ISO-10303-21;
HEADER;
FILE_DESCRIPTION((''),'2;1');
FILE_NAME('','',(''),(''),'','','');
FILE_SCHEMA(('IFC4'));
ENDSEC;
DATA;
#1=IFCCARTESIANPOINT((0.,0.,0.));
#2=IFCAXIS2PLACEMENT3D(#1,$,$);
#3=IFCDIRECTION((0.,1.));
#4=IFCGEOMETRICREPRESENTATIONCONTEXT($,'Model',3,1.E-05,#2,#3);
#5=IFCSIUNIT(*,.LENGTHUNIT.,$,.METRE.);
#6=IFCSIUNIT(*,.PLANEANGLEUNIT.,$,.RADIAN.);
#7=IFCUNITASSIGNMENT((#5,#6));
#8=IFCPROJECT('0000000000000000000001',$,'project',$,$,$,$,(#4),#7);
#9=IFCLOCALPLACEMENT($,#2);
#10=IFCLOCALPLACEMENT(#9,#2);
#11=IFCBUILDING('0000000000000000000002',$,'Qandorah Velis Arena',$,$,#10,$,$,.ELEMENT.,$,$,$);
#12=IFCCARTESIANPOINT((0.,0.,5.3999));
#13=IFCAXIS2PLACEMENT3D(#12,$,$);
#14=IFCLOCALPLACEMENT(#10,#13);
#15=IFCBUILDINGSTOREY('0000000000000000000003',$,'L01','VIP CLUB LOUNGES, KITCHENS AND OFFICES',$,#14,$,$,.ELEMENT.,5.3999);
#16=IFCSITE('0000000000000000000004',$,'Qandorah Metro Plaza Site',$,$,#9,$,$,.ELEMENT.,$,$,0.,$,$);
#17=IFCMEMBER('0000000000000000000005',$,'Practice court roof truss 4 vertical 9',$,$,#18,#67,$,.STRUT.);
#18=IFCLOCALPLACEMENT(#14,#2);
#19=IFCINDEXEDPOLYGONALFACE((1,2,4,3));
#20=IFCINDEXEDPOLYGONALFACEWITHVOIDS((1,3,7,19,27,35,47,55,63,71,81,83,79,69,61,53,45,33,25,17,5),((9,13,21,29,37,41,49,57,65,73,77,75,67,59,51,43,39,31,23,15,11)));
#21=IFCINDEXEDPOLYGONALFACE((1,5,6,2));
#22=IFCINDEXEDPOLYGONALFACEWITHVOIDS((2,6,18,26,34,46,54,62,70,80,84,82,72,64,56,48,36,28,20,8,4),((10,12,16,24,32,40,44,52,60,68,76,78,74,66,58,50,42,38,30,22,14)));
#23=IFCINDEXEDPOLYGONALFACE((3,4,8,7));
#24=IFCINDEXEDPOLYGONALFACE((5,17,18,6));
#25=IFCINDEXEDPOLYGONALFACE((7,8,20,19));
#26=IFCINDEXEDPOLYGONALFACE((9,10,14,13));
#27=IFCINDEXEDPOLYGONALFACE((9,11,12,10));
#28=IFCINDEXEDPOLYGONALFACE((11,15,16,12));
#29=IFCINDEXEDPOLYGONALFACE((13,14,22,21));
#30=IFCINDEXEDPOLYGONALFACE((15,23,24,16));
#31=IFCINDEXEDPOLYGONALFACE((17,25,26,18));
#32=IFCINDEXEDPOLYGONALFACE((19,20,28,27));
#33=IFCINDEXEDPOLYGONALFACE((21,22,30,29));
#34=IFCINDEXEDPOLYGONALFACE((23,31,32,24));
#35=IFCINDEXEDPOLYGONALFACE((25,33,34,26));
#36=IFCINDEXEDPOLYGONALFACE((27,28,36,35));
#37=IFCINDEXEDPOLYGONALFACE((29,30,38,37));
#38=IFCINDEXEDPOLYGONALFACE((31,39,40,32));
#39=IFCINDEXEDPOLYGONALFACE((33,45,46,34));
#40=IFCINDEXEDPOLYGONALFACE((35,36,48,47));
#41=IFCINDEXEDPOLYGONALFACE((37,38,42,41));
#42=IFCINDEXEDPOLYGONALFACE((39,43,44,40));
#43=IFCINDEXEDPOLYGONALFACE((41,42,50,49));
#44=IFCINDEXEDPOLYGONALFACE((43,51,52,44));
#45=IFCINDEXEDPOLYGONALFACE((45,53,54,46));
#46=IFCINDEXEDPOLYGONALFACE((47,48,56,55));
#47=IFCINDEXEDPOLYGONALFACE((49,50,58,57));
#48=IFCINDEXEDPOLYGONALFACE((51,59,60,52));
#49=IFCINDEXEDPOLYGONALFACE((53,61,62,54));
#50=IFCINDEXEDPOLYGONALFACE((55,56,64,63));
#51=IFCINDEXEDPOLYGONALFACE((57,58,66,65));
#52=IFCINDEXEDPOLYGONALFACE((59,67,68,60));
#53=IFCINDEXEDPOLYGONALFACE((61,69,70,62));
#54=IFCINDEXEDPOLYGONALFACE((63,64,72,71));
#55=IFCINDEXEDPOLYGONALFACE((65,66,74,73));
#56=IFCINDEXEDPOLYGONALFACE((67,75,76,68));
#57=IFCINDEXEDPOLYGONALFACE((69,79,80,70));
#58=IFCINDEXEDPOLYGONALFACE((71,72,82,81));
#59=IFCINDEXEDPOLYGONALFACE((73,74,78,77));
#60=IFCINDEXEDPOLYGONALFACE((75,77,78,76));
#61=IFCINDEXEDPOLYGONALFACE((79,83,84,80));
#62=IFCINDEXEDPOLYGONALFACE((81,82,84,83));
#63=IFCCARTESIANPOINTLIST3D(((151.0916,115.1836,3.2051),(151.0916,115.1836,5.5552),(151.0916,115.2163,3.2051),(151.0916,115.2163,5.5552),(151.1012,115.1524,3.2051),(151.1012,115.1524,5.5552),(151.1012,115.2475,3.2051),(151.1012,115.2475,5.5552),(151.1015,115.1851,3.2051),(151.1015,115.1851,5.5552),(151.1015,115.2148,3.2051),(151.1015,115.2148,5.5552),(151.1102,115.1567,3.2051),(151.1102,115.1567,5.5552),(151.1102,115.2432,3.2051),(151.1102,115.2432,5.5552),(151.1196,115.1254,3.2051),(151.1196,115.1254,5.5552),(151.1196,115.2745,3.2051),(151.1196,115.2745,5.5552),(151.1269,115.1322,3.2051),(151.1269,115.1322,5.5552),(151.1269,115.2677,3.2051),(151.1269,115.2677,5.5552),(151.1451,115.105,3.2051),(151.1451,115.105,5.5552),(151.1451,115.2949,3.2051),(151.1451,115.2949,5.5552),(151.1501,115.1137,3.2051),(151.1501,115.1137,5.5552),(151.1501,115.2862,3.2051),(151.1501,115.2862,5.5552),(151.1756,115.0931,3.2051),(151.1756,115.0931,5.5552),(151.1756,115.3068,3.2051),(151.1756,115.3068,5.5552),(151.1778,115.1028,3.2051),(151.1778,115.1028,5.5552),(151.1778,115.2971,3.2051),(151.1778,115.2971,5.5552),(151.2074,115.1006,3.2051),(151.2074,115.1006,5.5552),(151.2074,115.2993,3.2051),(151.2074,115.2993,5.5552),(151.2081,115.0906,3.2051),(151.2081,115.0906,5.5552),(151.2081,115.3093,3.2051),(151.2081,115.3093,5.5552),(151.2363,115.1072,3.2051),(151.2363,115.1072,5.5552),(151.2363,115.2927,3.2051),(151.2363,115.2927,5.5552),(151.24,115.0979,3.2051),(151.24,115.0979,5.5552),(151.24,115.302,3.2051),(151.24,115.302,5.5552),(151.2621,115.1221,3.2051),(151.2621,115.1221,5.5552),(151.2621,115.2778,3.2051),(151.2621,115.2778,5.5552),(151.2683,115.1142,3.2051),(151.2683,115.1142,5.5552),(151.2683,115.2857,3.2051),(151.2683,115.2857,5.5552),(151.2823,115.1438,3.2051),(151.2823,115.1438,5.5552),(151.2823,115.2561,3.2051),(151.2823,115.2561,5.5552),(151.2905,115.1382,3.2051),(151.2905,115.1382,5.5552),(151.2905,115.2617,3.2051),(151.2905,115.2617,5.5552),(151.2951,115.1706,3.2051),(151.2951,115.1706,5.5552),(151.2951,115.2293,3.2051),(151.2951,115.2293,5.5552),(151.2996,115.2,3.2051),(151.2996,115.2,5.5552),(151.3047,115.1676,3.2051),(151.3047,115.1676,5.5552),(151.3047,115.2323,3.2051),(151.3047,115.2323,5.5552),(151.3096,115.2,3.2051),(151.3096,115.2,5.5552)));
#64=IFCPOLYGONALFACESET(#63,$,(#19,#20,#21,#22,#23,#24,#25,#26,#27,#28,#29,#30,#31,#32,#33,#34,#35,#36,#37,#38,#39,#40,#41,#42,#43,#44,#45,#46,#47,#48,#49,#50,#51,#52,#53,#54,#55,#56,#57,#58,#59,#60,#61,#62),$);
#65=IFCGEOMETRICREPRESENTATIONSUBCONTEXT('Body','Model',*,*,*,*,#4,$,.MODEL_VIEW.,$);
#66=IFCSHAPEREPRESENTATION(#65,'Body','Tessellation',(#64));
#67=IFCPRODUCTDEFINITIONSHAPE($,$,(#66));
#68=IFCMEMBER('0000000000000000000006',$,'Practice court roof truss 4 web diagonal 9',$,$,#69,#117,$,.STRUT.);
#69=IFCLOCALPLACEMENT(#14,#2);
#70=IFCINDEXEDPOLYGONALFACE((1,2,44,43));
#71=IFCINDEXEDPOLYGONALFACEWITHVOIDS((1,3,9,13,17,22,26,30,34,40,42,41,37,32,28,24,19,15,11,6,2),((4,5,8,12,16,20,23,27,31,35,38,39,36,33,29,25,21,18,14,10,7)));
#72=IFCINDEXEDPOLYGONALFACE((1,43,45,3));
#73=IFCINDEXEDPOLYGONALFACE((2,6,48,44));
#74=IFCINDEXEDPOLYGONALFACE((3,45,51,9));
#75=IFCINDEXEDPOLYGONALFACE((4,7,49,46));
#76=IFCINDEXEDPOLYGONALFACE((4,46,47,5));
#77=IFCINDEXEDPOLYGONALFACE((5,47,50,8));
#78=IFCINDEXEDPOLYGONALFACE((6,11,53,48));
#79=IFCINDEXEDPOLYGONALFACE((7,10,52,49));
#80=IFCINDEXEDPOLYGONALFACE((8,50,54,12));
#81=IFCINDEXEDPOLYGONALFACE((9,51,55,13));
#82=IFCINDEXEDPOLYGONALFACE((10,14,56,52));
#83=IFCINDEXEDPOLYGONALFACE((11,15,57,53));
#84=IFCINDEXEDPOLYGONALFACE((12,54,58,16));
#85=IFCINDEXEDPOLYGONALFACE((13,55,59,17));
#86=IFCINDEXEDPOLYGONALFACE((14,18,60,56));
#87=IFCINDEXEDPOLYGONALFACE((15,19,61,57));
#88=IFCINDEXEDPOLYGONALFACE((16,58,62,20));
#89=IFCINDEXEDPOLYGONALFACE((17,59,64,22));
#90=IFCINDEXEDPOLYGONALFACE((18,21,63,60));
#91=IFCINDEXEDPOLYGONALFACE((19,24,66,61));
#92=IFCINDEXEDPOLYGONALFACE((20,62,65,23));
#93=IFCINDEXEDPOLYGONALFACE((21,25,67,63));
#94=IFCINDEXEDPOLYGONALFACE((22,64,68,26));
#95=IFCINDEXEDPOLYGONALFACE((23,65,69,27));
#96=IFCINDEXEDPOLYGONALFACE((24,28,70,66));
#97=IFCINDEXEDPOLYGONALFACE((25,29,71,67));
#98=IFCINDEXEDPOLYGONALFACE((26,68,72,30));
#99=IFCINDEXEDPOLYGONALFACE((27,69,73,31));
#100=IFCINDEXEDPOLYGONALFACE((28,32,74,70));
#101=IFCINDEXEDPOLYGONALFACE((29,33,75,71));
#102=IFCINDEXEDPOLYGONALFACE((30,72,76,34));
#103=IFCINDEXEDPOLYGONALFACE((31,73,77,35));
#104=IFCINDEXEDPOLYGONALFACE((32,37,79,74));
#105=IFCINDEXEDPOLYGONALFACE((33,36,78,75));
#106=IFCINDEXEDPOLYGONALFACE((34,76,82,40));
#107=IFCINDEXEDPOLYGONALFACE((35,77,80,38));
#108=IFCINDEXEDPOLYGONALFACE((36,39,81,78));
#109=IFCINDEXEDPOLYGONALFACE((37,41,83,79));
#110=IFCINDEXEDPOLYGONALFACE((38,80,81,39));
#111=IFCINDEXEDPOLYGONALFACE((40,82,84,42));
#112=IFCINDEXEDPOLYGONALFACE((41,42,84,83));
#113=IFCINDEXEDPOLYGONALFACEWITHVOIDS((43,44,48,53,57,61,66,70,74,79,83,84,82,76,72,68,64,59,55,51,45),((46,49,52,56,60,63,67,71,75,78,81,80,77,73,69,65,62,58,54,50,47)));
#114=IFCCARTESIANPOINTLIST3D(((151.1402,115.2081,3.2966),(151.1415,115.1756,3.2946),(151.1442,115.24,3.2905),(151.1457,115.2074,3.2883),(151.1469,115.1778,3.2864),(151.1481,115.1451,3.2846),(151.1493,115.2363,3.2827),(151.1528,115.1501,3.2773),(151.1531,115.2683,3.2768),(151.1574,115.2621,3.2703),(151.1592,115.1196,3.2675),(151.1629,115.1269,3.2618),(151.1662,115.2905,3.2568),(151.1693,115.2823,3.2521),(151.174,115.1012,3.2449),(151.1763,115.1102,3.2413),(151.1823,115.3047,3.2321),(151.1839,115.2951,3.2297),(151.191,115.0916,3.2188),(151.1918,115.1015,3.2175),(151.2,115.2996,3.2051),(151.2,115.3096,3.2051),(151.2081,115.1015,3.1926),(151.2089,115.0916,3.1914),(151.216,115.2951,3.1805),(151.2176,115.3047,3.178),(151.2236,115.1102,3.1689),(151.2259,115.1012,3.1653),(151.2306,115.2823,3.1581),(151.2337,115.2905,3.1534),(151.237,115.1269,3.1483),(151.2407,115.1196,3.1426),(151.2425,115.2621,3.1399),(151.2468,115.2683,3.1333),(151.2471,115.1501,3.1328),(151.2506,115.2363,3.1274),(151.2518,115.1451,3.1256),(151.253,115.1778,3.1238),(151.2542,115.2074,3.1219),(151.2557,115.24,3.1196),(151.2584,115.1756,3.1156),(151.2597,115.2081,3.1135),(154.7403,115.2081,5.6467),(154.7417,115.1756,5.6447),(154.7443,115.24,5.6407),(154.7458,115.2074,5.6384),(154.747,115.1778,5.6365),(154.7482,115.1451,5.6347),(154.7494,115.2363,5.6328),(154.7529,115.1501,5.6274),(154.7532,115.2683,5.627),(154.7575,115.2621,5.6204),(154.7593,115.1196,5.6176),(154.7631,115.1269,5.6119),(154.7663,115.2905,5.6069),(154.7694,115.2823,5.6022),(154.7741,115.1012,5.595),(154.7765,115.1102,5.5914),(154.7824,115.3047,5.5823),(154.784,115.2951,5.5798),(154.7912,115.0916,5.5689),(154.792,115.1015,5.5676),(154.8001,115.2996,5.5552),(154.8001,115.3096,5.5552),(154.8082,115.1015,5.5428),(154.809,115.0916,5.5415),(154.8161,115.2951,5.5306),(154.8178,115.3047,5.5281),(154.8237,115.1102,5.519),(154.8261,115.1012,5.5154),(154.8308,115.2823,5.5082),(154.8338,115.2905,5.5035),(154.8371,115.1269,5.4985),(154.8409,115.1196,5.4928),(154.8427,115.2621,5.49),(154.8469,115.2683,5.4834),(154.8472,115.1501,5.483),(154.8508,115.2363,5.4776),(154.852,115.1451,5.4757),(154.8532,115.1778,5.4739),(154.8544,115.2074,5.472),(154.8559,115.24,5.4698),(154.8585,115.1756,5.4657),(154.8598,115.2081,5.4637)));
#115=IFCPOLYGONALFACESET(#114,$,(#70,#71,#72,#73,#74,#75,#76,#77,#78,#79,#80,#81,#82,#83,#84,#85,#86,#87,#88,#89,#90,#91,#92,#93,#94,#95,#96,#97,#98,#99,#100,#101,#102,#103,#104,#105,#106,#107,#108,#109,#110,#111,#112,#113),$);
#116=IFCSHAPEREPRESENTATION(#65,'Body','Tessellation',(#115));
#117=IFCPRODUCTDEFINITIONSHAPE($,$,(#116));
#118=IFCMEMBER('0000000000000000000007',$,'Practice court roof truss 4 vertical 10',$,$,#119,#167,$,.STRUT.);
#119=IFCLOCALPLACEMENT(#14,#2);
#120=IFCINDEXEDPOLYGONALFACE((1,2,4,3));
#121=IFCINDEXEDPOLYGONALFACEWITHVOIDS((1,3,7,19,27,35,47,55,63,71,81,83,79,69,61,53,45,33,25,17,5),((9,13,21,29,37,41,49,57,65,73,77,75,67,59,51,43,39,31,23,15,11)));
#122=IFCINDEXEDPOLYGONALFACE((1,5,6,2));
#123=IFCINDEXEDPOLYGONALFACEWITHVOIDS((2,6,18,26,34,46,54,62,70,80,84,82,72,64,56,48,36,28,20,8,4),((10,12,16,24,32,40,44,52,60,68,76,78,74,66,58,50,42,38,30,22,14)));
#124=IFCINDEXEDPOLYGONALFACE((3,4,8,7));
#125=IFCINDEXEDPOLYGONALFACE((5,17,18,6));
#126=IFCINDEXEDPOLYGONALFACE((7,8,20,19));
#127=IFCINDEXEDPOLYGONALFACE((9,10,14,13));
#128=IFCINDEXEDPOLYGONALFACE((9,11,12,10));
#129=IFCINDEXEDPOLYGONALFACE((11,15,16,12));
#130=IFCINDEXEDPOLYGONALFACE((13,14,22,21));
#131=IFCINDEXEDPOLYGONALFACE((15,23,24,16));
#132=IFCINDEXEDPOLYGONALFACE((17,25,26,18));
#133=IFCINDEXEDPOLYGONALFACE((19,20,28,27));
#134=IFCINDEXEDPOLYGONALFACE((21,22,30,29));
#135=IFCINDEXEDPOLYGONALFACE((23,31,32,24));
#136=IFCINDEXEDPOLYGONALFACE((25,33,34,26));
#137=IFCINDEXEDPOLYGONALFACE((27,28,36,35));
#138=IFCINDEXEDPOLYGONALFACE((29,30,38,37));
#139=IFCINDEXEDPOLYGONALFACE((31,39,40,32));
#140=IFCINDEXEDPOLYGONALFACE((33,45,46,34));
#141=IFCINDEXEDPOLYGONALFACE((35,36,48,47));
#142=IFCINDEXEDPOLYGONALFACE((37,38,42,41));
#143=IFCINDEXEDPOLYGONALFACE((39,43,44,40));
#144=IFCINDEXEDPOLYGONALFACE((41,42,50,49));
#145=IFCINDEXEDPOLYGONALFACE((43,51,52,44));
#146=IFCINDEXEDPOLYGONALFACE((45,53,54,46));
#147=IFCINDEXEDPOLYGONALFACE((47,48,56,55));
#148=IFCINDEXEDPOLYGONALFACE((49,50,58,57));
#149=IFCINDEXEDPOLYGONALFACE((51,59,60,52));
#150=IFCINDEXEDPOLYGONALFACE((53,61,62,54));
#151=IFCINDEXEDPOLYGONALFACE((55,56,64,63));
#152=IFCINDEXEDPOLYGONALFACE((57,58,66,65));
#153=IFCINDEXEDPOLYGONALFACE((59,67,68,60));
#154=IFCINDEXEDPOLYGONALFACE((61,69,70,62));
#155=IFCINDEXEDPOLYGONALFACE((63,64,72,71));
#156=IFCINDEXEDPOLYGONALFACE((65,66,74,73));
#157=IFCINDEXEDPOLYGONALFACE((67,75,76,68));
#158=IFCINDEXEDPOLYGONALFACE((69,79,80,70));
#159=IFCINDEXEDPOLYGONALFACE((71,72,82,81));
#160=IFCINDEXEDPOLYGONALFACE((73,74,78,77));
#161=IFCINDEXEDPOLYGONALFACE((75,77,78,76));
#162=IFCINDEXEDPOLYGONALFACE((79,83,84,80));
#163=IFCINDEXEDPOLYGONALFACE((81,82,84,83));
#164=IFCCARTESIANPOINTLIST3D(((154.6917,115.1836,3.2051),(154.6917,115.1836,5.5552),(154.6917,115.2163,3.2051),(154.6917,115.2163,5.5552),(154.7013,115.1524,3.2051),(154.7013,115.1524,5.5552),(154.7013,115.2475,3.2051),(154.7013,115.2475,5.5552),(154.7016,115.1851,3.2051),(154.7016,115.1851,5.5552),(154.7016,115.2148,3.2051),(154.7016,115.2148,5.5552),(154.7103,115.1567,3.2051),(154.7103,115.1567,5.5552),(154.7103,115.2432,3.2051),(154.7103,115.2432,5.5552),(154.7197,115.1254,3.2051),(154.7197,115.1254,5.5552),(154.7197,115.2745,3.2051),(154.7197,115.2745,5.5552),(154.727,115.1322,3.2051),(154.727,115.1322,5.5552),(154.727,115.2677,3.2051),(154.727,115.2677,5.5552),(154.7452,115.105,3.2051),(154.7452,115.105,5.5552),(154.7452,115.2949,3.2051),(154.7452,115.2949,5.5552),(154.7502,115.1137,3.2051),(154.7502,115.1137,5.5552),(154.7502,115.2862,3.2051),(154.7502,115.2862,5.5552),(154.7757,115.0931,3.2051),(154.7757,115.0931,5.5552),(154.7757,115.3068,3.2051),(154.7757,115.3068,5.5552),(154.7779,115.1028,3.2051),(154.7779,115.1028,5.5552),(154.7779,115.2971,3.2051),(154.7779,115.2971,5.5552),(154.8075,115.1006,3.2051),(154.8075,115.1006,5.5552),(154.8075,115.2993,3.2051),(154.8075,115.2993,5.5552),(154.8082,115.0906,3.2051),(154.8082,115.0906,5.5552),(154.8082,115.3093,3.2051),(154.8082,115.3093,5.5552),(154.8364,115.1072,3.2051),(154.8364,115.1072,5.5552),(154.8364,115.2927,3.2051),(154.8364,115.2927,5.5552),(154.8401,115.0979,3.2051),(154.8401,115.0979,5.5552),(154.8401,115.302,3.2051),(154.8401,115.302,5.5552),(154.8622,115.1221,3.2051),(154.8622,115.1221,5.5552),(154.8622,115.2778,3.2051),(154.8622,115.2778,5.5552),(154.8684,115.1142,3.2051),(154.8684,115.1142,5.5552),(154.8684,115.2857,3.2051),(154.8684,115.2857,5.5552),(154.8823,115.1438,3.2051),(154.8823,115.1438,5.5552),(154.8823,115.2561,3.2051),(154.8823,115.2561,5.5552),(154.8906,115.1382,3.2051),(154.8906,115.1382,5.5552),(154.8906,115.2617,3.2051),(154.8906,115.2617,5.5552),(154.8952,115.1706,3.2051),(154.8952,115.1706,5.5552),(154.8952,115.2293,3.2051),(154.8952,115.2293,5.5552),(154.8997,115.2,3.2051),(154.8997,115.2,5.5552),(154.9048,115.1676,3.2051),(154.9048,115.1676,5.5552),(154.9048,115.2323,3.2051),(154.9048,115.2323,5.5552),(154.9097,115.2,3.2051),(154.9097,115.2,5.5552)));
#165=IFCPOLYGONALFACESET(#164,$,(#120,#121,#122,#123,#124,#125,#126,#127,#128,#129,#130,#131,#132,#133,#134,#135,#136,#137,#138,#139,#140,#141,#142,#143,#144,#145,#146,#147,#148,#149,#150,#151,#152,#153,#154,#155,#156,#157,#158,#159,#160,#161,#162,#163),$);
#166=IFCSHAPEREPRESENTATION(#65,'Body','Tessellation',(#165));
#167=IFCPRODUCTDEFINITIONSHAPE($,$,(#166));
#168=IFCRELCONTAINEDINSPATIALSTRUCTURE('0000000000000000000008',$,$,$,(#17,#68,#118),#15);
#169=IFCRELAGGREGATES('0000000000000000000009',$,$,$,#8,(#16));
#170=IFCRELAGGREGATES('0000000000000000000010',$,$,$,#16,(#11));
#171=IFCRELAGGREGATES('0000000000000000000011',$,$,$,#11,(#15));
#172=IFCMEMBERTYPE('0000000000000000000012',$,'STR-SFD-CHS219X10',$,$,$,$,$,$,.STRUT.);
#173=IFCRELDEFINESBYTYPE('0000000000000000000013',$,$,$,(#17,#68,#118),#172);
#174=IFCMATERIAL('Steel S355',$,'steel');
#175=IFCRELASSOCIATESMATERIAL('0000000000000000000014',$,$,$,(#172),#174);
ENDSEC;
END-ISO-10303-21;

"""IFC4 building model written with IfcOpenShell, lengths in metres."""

from ifc_helpers import new_model, si_unit, direction, frame, origin, origin_2d, place, context, subcontext, project, spatial, hollow_circle, extrude, material, material_profile, profile_set, type_object, element, save


model = new_model("IFC4")

# Units and contexts
model_context = context("Model", 3, precision=1e-05, world=origin(), true_north=direction((0.0, 1.0)))
body_context = subcontext(model_context, "Body", "Model", "MODEL_VIEW")
ifc_project = project(units=[si_unit("LENGTHUNIT", "METRE"), si_unit("PLANEANGLEUNIT", "RADIAN")], contexts=[model_context])

# Site, building, storey
site_placement = place(None, origin())
site = spatial("IfcSite", under=ifc_project, at=site_placement, Name="Qandorah Metro Plaza Site", CompositionType="ELEMENT", RefElevation=0.0)
building_placement = place(site_placement, origin())
building = spatial("IfcBuilding", under=site, at=building_placement, Name="Qandorah Velis Arena", CompositionType="ELEMENT")
storey_placement = place(building_placement, frame((0.0, 0.0, 5.3999)))
storey = spatial("IfcBuildingStorey", under=building, at=storey_placement, Name="L01", Description="VIP CLUB LOUNGES, KITCHENS AND OFFICES", CompositionType="ELEMENT", Elevation=5.3999)

# Members
ifc_material_1 = material(Name="Steel S355", Category="steel")
ifc_material_profile_1 = material_profile(ifc_material_1, hollow_circle(Radius=0.1096, WallThickness=0.01, at=origin_2d()), Name="CHS 219.1x10")
ifc_profile_set_1 = profile_set([ifc_material_profile_1], Name="Steel S355")
member_type_1 = type_object("IfcMemberType", Name="STR-SFD-CHS219X10", PredefinedType="STRUT", material=ifc_profile_set_1)
member_1_placement = place(storey_placement, frame((151.2, 115.2, 3.2051), z_axis=(0.0, 0.0, 1.0), x_axis=(1.0, 0.0, 0.0)))
element("IfcMember", 1, at=member_1_placement, inside=storey, type_object=member_type_1, Name="Practice court roof truss 4 vertical 9", PredefinedType="STRUT", context=body_context, shape_type="SweptSolid", body=[
    extrude(hollow_circle(Radius=0.1096, WallThickness=0.01, at=origin_2d()), origin(), (0.0, 0.0, 1.0), 2.3501),
])
member_2_placement = place(storey_placement, frame((151.2, 115.2, 3.2051), z_axis=(0.837376, 0.0, 0.546628), x_axis=(0.0, 1.0, 0.0)))
element("IfcMember", 2, at=member_2_placement, inside=storey, type_object=member_type_1, Name="Practice court roof truss 4 web diagonal 9", PredefinedType="STRUT", context=body_context, shape_type="SweptSolid", body=[
    extrude(hollow_circle(Radius=0.1096, WallThickness=0.01, at=origin_2d()), origin(), (0.0, 0.0, 1.0), 4.2993),
])
member_3_placement = place(storey_placement, frame((154.8, 115.2, 3.2051), z_axis=(0.0, 0.0, 1.0), x_axis=(1.0, 0.0, 0.0)))
element("IfcMember", 3, at=member_3_placement, inside=storey, type_object=member_type_1, Name="Practice court roof truss 4 vertical 10", PredefinedType="STRUT", context=body_context, shape_type="SweptSolid", body=[
    extrude(hollow_circle(Radius=0.1096, WallThickness=0.01, at=origin_2d()), origin(), (0.0, 0.0, 1.0), 2.3501),
])

save(model, "model.ifc")
